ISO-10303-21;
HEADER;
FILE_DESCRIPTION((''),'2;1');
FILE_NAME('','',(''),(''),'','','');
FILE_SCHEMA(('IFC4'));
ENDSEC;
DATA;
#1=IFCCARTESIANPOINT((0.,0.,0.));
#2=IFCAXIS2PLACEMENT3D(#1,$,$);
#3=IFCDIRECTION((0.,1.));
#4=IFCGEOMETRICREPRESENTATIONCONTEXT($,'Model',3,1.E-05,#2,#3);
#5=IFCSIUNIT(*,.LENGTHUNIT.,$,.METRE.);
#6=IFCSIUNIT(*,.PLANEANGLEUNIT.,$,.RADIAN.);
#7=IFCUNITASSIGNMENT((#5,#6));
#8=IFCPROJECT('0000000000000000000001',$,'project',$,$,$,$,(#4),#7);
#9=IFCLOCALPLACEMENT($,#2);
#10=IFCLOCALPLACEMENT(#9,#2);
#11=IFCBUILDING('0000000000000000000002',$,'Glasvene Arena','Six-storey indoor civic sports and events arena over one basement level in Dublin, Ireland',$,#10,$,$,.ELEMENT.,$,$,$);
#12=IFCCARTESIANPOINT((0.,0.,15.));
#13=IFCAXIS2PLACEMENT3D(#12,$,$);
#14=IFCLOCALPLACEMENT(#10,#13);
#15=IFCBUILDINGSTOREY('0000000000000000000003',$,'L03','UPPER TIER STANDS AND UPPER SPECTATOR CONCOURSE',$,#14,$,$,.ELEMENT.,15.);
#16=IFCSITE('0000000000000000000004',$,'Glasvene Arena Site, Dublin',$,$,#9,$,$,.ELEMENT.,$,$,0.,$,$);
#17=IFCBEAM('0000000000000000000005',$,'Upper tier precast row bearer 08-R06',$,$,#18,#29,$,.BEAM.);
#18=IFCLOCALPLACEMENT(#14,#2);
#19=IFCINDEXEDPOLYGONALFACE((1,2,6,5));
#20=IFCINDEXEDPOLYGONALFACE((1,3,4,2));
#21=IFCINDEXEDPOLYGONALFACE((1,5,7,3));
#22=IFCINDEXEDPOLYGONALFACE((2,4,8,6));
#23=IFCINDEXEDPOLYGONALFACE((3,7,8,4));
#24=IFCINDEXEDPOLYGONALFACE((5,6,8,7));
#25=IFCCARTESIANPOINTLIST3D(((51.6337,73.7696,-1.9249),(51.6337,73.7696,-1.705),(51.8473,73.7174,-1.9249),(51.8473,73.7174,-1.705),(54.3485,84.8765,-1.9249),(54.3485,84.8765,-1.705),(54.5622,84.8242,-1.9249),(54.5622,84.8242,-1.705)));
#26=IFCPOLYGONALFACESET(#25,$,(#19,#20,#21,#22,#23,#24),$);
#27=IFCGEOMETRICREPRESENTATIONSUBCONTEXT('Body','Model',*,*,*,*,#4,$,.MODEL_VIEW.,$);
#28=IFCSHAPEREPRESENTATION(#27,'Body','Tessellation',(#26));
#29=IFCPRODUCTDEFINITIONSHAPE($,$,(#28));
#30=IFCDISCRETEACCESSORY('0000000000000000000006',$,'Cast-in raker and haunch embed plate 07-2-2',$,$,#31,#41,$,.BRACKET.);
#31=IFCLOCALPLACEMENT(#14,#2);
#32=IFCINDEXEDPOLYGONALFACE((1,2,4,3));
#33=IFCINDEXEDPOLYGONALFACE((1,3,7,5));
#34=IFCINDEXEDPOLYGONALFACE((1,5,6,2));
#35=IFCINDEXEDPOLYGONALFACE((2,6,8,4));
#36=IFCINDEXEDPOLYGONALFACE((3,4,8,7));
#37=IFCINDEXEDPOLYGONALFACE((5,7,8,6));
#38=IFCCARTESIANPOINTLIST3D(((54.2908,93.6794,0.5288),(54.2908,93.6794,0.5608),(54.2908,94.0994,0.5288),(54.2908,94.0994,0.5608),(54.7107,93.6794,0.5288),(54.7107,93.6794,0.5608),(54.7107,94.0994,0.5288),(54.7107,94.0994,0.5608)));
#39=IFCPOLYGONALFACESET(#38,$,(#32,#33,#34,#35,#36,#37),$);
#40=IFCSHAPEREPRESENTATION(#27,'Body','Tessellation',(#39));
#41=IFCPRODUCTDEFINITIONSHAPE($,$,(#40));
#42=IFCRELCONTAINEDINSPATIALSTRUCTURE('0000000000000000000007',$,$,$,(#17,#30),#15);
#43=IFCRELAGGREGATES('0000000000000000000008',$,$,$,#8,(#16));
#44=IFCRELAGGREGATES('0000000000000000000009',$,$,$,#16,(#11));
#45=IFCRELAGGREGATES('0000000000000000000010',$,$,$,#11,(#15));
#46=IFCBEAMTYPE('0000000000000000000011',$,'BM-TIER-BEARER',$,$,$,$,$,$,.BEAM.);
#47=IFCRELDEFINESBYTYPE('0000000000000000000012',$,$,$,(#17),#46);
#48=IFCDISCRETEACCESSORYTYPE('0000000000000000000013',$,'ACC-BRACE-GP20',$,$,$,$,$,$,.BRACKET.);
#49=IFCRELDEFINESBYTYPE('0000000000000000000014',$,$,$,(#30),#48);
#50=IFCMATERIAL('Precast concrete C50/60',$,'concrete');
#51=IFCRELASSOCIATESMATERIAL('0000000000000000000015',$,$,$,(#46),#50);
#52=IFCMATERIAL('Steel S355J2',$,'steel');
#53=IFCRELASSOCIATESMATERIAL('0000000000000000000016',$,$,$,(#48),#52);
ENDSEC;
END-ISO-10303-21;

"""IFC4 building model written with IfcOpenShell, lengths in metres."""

from ifc_helpers import new_model, si_unit, direction, frame, origin, origin_2d, place, context, subcontext, project, spatial, rectangle, extrude, material, material_profile, profile_set, type_object, element, save


model = new_model("IFC4")

# Units and contexts
model_context = context("Model", 3, precision=1e-05, world=origin(), true_north=direction((0.0, 1.0)))
body_context = subcontext(model_context, "Body", "Model", "MODEL_VIEW")
ifc_project = project(units=[si_unit("LENGTHUNIT", "METRE"), si_unit("PLANEANGLEUNIT", "RADIAN")], contexts=[model_context])

# Site, building, storey
site_placement = place(None, origin())
site = spatial("IfcSite", under=ifc_project, at=site_placement, Name="Glasvene Arena Site, Dublin", CompositionType="ELEMENT", RefElevation=0.0)
building_placement = place(site_placement, origin())
building = spatial("IfcBuilding", under=site, at=building_placement, Name="Glasvene Arena", Description="Six-storey indoor civic sports and events arena over one basement level in Dublin, Ireland", CompositionType="ELEMENT")
storey_placement = place(building_placement, frame((0.0, 0.0, 15.0)))
storey = spatial("IfcBuildingStorey", under=building, at=storey_placement, Name="L03", Description="UPPER TIER STANDS AND UPPER SPECTATOR CONCOURSE", CompositionType="ELEMENT", Elevation=15.0)

# Beam
ifc_material_1 = material(Name="Steel S355J2", Category="steel")
ifc_material_2 = material(Name="Precast concrete C50/60", Category="concrete")
ifc_material_profile_1 = material_profile(ifc_material_2, rectangle(XDim=0.22, YDim=0.22, at=origin_2d()), Name="RC 220x220")
ifc_profile_set_1 = profile_set([ifc_material_profile_1], Name="Precast concrete C50/60")
beam_type_1 = type_object("IfcBeamType", Name="BM-TIER-BEARER", PredefinedType="BEAM", material=ifc_profile_set_1)
beam_1_placement = place(storey_placement, frame((54.4553, 84.8503, -1.8149), z_axis=(-0.237438, -0.971403, 0.0), x_axis=(0.971403, -0.237438, 0.0)))
element("IfcBeam", 1, at=beam_1_placement, inside=storey, type_object=beam_type_1, Name="Upper tier precast row bearer 08-R06", PredefinedType="BEAM", context=body_context, shape_type="SweptSolid", body=[
    extrude(rectangle(XDim=0.22, YDim=0.22, at=origin_2d()), origin(), (0.0, 0.0, 1.0), 11.4338),
])

# Discrete accessory
discrete_accessory_type = type_object("IfcDiscreteAccessoryType", Name="ACC-BRACE-GP20", PredefinedType="BRACKET", material=ifc_material_1)
discrete_accessory_placement = place(storey_placement, frame((54.5007, 93.8894, 0.5288), z_axis=(0.0, 0.0, 1.0), x_axis=(1.0, 0.0, 0.0)))
element("IfcDiscreteAccessory", 2, at=discrete_accessory_placement, inside=storey, type_object=discrete_accessory_type, Name="Cast-in raker and haunch embed plate 07-2-2", PredefinedType="BRACKET", context=body_context, shape_type="SweptSolid", body=[
    extrude(rectangle(XDim=0.4199, YDim=0.4199, at=origin_2d()), origin(), (0.0, 0.0, 1.0), 0.032),
])

save(model, "model.ifc")
